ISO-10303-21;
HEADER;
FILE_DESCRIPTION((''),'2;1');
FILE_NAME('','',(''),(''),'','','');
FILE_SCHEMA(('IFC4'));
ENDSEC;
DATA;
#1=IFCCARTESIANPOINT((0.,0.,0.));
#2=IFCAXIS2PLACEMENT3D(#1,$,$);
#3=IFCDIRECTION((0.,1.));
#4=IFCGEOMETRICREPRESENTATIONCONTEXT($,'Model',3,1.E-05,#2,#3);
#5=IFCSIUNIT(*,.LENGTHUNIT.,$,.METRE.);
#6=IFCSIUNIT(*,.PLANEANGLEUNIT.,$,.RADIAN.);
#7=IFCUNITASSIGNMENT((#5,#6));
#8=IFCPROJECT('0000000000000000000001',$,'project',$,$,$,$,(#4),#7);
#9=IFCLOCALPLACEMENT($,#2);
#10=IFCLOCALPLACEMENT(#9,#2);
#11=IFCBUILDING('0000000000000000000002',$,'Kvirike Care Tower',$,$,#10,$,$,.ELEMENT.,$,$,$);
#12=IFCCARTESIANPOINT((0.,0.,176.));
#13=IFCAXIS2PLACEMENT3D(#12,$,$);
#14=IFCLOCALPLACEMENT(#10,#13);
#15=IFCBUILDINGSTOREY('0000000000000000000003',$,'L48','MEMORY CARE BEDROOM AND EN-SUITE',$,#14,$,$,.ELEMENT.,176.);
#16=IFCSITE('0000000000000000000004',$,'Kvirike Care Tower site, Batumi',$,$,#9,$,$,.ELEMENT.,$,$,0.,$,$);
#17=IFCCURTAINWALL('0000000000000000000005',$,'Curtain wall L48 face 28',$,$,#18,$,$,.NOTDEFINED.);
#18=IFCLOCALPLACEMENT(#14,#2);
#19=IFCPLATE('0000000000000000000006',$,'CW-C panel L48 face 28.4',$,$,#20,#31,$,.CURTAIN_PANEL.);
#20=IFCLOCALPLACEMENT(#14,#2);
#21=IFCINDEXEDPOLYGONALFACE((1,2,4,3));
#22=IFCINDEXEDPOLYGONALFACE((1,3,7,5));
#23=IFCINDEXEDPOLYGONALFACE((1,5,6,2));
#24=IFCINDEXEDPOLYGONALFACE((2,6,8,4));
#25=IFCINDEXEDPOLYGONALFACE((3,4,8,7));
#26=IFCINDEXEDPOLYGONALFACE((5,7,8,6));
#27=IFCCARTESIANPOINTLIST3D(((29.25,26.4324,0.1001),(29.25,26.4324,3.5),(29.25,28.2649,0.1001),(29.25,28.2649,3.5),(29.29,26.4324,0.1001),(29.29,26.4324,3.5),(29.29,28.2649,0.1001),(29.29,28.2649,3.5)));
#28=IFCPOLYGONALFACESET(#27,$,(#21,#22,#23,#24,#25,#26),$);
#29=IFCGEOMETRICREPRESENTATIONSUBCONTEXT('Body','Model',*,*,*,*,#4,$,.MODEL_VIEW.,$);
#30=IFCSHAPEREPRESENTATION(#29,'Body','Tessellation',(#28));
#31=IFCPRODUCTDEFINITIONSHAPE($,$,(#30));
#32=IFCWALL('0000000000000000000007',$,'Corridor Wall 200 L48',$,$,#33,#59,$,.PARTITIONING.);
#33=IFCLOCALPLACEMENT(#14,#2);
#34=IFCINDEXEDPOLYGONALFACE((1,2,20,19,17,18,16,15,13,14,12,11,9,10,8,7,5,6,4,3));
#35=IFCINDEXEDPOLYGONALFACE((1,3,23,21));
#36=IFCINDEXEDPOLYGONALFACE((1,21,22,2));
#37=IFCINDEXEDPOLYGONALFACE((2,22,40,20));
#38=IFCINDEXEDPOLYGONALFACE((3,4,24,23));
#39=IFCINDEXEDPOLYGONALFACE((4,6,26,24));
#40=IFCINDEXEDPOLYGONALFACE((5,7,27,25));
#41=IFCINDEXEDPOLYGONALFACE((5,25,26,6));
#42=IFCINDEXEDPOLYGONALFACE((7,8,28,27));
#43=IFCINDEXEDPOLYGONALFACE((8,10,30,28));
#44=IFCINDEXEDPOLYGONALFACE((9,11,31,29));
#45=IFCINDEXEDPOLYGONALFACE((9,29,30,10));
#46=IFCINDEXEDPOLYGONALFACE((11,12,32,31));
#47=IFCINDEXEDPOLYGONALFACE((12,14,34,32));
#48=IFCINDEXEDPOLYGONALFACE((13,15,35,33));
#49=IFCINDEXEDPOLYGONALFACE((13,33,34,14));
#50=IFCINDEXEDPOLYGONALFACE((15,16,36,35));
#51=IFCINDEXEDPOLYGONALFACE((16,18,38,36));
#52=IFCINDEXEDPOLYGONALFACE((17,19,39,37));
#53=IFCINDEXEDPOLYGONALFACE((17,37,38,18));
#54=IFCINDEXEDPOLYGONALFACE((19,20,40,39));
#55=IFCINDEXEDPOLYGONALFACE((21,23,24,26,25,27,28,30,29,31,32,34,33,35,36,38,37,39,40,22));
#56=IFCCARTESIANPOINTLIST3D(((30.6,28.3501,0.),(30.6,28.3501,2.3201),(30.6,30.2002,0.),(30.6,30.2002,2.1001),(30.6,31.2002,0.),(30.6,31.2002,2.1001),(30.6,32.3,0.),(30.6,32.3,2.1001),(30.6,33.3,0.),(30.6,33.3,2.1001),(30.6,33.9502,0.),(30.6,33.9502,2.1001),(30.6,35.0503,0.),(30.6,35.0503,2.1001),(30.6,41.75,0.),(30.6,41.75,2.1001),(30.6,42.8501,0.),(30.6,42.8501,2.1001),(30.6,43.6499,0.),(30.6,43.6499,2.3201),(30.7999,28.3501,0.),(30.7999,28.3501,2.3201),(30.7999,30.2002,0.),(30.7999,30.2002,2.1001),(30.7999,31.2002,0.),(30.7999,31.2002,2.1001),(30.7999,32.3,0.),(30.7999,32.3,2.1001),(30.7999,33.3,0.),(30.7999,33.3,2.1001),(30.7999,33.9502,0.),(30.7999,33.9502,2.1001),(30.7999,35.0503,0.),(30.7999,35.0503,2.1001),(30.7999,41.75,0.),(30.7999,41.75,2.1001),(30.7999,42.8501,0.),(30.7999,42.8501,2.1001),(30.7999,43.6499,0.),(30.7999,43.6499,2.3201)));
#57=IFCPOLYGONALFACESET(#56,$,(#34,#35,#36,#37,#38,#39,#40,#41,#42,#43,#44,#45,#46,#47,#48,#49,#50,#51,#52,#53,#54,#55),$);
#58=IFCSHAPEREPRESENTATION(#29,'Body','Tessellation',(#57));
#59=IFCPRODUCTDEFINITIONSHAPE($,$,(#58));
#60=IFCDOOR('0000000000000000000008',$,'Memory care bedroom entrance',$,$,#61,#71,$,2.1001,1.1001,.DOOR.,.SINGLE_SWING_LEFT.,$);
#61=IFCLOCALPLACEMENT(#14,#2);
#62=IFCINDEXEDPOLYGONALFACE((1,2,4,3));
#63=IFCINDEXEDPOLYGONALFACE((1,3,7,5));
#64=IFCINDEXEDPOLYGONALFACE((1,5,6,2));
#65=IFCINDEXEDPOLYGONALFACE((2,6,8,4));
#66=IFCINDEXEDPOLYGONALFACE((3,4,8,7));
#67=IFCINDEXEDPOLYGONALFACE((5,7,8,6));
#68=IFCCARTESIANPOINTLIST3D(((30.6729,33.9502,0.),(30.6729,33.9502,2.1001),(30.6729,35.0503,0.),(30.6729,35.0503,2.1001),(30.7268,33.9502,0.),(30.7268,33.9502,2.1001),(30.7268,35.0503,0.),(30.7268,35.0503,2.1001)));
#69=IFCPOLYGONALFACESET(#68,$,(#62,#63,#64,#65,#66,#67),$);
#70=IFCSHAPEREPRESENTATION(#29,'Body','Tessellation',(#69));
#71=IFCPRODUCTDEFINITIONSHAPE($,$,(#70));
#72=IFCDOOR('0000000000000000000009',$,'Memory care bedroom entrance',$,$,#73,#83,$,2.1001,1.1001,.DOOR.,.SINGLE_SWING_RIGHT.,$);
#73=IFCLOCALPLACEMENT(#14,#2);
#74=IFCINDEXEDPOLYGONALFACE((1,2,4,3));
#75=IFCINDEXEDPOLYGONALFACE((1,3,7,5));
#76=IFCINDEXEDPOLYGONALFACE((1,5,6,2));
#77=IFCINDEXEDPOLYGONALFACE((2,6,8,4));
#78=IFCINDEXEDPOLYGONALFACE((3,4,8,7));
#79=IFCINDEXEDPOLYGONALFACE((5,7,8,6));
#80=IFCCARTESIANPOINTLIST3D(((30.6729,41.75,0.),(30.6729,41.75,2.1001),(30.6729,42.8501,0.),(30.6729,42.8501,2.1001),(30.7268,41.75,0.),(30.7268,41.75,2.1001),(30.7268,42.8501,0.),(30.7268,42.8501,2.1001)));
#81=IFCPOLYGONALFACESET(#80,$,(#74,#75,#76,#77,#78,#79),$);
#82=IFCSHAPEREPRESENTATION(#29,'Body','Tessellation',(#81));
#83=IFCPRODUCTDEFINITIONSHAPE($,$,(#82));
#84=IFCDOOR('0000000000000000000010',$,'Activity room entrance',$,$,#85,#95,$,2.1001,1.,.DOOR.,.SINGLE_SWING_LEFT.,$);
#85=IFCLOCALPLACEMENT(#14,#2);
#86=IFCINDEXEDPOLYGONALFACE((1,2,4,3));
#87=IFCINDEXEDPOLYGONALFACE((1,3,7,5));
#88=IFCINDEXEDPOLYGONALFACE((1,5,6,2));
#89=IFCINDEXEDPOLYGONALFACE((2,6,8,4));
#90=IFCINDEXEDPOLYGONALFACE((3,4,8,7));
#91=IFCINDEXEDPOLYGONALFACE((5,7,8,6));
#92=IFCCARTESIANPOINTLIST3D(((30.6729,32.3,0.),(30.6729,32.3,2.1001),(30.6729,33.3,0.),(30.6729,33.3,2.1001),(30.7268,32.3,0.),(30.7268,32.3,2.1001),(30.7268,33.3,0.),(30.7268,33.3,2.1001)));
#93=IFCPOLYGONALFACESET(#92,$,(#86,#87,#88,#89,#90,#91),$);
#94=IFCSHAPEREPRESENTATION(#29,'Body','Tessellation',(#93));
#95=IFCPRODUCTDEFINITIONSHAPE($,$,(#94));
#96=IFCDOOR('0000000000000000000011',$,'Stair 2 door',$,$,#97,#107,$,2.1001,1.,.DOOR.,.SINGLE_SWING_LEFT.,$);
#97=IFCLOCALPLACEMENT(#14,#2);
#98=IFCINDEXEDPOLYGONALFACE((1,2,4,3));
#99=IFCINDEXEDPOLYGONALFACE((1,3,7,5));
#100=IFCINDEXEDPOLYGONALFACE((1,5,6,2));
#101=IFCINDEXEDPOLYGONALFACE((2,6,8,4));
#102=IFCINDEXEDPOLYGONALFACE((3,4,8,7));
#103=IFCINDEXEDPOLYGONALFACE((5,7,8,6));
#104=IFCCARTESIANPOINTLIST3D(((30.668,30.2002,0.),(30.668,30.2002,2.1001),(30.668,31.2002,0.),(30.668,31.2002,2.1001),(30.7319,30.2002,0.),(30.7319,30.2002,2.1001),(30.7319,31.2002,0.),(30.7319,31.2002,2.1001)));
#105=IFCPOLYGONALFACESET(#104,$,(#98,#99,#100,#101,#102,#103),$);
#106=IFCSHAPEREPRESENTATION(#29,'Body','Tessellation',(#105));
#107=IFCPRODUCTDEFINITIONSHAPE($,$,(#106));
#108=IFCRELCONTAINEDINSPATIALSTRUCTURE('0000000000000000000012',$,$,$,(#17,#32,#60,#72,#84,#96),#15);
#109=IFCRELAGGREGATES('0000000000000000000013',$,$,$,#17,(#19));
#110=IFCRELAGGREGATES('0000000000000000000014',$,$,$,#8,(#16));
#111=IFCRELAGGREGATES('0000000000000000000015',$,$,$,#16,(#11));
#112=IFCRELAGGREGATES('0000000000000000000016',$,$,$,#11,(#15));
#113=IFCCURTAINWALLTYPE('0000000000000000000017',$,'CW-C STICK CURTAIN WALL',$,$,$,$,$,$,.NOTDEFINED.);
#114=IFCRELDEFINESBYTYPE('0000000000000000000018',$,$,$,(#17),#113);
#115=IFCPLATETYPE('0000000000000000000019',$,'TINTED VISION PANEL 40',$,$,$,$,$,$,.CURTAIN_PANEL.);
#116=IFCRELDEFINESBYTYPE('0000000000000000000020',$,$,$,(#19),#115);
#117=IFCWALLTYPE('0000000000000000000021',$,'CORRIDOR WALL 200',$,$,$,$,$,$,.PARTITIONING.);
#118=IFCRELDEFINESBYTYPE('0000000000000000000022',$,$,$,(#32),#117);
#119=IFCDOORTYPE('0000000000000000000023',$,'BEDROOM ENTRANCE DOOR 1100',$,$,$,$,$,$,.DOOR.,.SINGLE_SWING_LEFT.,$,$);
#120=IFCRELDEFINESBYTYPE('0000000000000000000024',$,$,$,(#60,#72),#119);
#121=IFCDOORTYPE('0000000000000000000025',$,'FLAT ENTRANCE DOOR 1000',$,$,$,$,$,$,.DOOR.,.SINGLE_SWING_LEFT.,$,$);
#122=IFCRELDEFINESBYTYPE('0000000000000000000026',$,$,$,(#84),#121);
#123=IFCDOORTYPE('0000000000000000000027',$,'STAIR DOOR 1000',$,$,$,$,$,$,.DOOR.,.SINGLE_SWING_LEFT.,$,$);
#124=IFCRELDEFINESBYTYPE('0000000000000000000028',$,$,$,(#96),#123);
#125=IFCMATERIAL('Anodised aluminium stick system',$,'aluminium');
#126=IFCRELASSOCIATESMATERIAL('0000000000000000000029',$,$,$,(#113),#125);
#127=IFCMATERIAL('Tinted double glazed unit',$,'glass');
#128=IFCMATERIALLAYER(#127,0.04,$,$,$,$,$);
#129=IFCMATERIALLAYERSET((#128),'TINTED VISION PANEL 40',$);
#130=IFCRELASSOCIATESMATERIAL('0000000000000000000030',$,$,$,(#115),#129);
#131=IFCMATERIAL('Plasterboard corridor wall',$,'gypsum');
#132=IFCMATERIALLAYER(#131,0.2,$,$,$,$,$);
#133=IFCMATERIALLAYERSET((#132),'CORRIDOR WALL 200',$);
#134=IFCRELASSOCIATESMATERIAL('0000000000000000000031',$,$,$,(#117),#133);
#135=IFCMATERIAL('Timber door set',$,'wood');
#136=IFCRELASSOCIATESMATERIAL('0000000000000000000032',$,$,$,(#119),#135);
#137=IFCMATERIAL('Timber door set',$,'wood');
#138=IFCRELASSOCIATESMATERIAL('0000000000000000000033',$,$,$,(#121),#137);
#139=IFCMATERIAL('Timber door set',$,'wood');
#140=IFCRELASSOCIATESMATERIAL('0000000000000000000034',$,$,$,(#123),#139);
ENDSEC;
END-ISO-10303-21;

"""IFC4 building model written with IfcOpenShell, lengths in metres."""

from ifc_helpers import new_model, si_unit, direction, frame, frame_2d, origin, origin_2d, place, context, subcontext, project, spatial, rectangle, extrude, material, layer, layer_set, type_object, element, fill, aggregate, save


model = new_model("IFC4")

# Units and contexts
model_context = context("Model", 3, precision=1e-05, world=origin(), true_north=direction((0.0, 1.0)))
body_context = subcontext(model_context, "Body", "Model", "MODEL_VIEW")
ifc_project = project(units=[si_unit("LENGTHUNIT", "METRE"), si_unit("PLANEANGLEUNIT", "RADIAN")], contexts=[model_context])

# Site, building, storey
site_placement = place(None, origin())
site = spatial("IfcSite", under=ifc_project, at=site_placement, Name="Kvirike Care Tower site, Batumi", CompositionType="ELEMENT", RefElevation=0.0)
building_placement = place(site_placement, origin())
building = spatial("IfcBuilding", under=site, at=building_placement, Name="Kvirike Care Tower", CompositionType="ELEMENT")
storey_placement = place(building_placement, frame((0.0, 0.0, 176.0)))
storey = spatial("IfcBuildingStorey", under=building, at=storey_placement, Name="L48", Description="MEMORY CARE BEDROOM AND EN-SUITE", CompositionType="ELEMENT", Elevation=176.0)

# Curtain wall
ifc_material_1 = material(Name="Anodised aluminium stick system", Category="aluminium")
curtain_wall_type = type_object("IfcCurtainWallType", Name="CW-C STICK CURTAIN WALL", PredefinedType="NOTDEFINED", material=ifc_material_1)
curtain_wall_1_placement = place(storey_placement, origin())
curtain_wall_1 = element("IfcCurtainWall", 1, at=curtain_wall_1_placement, inside=storey, type_object=curtain_wall_type, Name="Curtain wall L48 face 28", PredefinedType="NOTDEFINED")

# Plate
ifc_material_2 = material(Name="Tinted double glazed unit", Category="glass")
ifc_layer_1 = layer(ifc_material_2, 0.04)
ifc_layer_set_1 = layer_set([ifc_layer_1], Name="TINTED VISION PANEL 40")
plate_type = type_object("IfcPlateType", Name="TINTED VISION PANEL 40", PredefinedType="CURTAIN_PANEL", material=ifc_layer_set_1)
plate_1_placement = place(storey_placement, frame((29.27, 27.3486, 0.1001), z_axis=(0.0, 0.0, 1.0), x_axis=(0.0, 1.0, 0.0)))
plate_1 = element("IfcPlate", 2, at=plate_1_placement, type_object=plate_type, Name="CW-C panel L48 face 28.4", PredefinedType="CURTAIN_PANEL", context=body_context, shape_type="SweptSolid", body=[
    extrude(rectangle(XDim=1.8325, YDim=0.04, at=origin_2d()), origin(), (0.0, 0.0, 1.0), 3.3999),
])
aggregate(curtain_wall_1, [plate_1])

# Wall, openings, doors
ifc_material_3 = material(Name="Plasterboard corridor wall", Category="gypsum")
ifc_layer_2 = layer(ifc_material_3, 0.2)
ifc_layer_set_2 = layer_set([ifc_layer_2], Name="CORRIDOR WALL 200")
wall_type = type_object("IfcWallType", Name="CORRIDOR WALL 200", PredefinedType="PARTITIONING", material=ifc_layer_set_2)
wall_placement = place(storey_placement, frame((30.7, 28.3501, 0.0), z_axis=(0.0, 0.0, 1.0), x_axis=(0.0, 1.0, 0.0)))
wall = element("IfcWall", 3, at=wall_placement, inside=storey, type_object=wall_type, Name="Corridor Wall 200 L48", PredefinedType="PARTITIONING", context=body_context, shape_type="SweptSolid", body=[
    extrude(rectangle(XDim=15.2998, YDim=0.2, at=frame_2d((7.6499, 0.0))), origin(), (0.0, 0.0, 1.0), 2.3201),
])
opening_1_placement = place(wall_placement, frame((1.8501, 0.0, 0.0)))
opening_1 = element("IfcOpeningElement", 4, at=opening_1_placement, cuts=wall, PredefinedType="OPENING", context=body_context, shape_type="SweptSolid", body=[
    extrude(rectangle(XDim=1.0, YDim=2.1001, at=frame_2d((0.5, 1.05))), frame((0.0, 0.1106, 0.0), z_axis=(0.0, -1.0, 0.0), x_axis=(1.0, 0.0, 0.0)), (0.0, 0.0, 1.0), 0.2209),
])
opening_2_placement = place(wall_placement, frame((3.95, 0.0, 0.0)))
opening_2 = element("IfcOpeningElement", 5, at=opening_2_placement, cuts=wall, PredefinedType="OPENING", context=body_context, shape_type="SweptSolid", body=[
    extrude(rectangle(XDim=1.0, YDim=2.1001, at=frame_2d((0.5, 1.05))), frame((0.0, 0.1106, 0.0), z_axis=(0.0, -1.0, 0.0), x_axis=(1.0, 0.0, 0.0)), (0.0, 0.0, 1.0), 0.2209),
])
opening_3_placement = place(wall_placement, frame((5.6001, 0.0, 0.0)))
opening_3 = element("IfcOpeningElement", 6, at=opening_3_placement, cuts=wall, PredefinedType="OPENING", context=body_context, shape_type="SweptSolid", body=[
    extrude(rectangle(XDim=1.1001, YDim=2.1001, at=frame_2d((0.55, 1.05))), frame((0.0, 0.1106, 0.0), z_axis=(0.0, -1.0, 0.0), x_axis=(1.0, 0.0, 0.0)), (0.0, 0.0, 1.0), 0.2209),
])
opening_4_placement = place(wall_placement, frame((13.3999, 0.0, 0.0)))
opening_4 = element("IfcOpeningElement", 7, at=opening_4_placement, cuts=wall, PredefinedType="OPENING", context=body_context, shape_type="SweptSolid", body=[
    extrude(rectangle(XDim=1.1001, YDim=2.1001, at=frame_2d((0.55, 1.05))), frame((0.0, 0.1106, 0.0), z_axis=(0.0, -1.0, 0.0), x_axis=(1.0, 0.0, 0.0)), (0.0, 0.0, 1.0), 0.2209),
])
ifc_material_4 = material(Name="Timber door set", Category="wood")
door_type_1 = type_object("IfcDoorType", Name="BEDROOM ENTRANCE DOOR 1100", OperationType="SINGLE_SWING_LEFT", PredefinedType="DOOR", material=ifc_material_4)
door_1_placement = place(opening_3_placement, frame((1.1001, 0.0, 0.0), z_axis=(0.0, 0.0, 1.0), x_axis=(-1.0, 0.0, 0.0)))
door_1 = element("IfcDoor", 8, at=door_1_placement, inside=storey, type_object=door_type_1, Name="Memory care bedroom entrance", OperationType="SINGLE_SWING_LEFT", OverallHeight=2.1001, OverallWidth=1.1001, PredefinedType="DOOR", context=body_context, shape_type="SweptSolid", body=[
    extrude(rectangle(XDim=1.1001, YDim=2.1001, at=frame_2d((0.55, 1.05))), frame((0.0, 0.0269, 0.0), z_axis=(0.0, -1.0, 0.0), x_axis=(1.0, 0.0, 0.0)), (0.0, 0.0, 1.0), 0.054),
])
fill(opening_3, door_1)
door_2_placement = place(opening_4_placement, frame((1.1001, 0.0, 0.0), z_axis=(0.0, 0.0, 1.0), x_axis=(-1.0, 0.0, 0.0)))
door_2 = element("IfcDoor", 9, at=door_2_placement, inside=storey, type_object=door_type_1, Name="Memory care bedroom entrance", OperationType="SINGLE_SWING_RIGHT", OverallHeight=2.1001, OverallWidth=1.1001, PredefinedType="DOOR", context=body_context, shape_type="SweptSolid", body=[
    extrude(rectangle(XDim=1.1001, YDim=2.1001, at=frame_2d((0.55, 1.05))), frame((0.0, 0.0269, 0.0), z_axis=(0.0, -1.0, 0.0), x_axis=(1.0, 0.0, 0.0)), (0.0, 0.0, 1.0), 0.054),
])
fill(opening_4, door_2)
ifc_material_5 = material(Name="Timber door set", Category="wood")
door_type_2 = type_object("IfcDoorType", Name="FLAT ENTRANCE DOOR 1000", OperationType="SINGLE_SWING_LEFT", PredefinedType="DOOR", material=ifc_material_5)
door_3_placement = place(opening_2_placement, frame((1.0, 0.0, 0.0), z_axis=(0.0, 0.0, 1.0), x_axis=(-1.0, 0.0, 0.0)))
door_3 = element("IfcDoor", 10, at=door_3_placement, inside=storey, type_object=door_type_2, Name="Activity room entrance", OperationType="SINGLE_SWING_LEFT", OverallHeight=2.1001, OverallWidth=1.0, PredefinedType="DOOR", context=body_context, shape_type="SweptSolid", body=[
    extrude(rectangle(XDim=1.0, YDim=2.1001, at=frame_2d((0.5, 1.05))), frame((0.0, 0.0269, 0.0), z_axis=(0.0, -1.0, 0.0), x_axis=(1.0, 0.0, 0.0)), (0.0, 0.0, 1.0), 0.054),
])
fill(opening_2, door_3)
ifc_material_6 = material(Name="Timber door set", Category="wood")
door_type_3 = type_object("IfcDoorType", Name="STAIR DOOR 1000", OperationType="SINGLE_SWING_LEFT", PredefinedType="DOOR", material=ifc_material_6)
door_4_placement = place(opening_1_placement, frame((1.0, 0.0, 0.0), z_axis=(0.0, 0.0, 1.0), x_axis=(-1.0, 0.0, 0.0)))
door_4 = element("IfcDoor", 11, at=door_4_placement, inside=storey, type_object=door_type_3, Name="Stair 2 door", OperationType="SINGLE_SWING_LEFT", OverallHeight=2.1001, OverallWidth=1.0, PredefinedType="DOOR", context=body_context, shape_type="SweptSolid", body=[
    extrude(rectangle(XDim=1.0, YDim=2.1001, at=frame_2d((0.5, 1.05))), frame((0.0, 0.032, 0.0), z_axis=(0.0, -1.0, 0.0), x_axis=(1.0, 0.0, 0.0)), (0.0, 0.0, 1.0), 0.064),
])
fill(opening_1, door_4)

save(model, "model.ifc")
